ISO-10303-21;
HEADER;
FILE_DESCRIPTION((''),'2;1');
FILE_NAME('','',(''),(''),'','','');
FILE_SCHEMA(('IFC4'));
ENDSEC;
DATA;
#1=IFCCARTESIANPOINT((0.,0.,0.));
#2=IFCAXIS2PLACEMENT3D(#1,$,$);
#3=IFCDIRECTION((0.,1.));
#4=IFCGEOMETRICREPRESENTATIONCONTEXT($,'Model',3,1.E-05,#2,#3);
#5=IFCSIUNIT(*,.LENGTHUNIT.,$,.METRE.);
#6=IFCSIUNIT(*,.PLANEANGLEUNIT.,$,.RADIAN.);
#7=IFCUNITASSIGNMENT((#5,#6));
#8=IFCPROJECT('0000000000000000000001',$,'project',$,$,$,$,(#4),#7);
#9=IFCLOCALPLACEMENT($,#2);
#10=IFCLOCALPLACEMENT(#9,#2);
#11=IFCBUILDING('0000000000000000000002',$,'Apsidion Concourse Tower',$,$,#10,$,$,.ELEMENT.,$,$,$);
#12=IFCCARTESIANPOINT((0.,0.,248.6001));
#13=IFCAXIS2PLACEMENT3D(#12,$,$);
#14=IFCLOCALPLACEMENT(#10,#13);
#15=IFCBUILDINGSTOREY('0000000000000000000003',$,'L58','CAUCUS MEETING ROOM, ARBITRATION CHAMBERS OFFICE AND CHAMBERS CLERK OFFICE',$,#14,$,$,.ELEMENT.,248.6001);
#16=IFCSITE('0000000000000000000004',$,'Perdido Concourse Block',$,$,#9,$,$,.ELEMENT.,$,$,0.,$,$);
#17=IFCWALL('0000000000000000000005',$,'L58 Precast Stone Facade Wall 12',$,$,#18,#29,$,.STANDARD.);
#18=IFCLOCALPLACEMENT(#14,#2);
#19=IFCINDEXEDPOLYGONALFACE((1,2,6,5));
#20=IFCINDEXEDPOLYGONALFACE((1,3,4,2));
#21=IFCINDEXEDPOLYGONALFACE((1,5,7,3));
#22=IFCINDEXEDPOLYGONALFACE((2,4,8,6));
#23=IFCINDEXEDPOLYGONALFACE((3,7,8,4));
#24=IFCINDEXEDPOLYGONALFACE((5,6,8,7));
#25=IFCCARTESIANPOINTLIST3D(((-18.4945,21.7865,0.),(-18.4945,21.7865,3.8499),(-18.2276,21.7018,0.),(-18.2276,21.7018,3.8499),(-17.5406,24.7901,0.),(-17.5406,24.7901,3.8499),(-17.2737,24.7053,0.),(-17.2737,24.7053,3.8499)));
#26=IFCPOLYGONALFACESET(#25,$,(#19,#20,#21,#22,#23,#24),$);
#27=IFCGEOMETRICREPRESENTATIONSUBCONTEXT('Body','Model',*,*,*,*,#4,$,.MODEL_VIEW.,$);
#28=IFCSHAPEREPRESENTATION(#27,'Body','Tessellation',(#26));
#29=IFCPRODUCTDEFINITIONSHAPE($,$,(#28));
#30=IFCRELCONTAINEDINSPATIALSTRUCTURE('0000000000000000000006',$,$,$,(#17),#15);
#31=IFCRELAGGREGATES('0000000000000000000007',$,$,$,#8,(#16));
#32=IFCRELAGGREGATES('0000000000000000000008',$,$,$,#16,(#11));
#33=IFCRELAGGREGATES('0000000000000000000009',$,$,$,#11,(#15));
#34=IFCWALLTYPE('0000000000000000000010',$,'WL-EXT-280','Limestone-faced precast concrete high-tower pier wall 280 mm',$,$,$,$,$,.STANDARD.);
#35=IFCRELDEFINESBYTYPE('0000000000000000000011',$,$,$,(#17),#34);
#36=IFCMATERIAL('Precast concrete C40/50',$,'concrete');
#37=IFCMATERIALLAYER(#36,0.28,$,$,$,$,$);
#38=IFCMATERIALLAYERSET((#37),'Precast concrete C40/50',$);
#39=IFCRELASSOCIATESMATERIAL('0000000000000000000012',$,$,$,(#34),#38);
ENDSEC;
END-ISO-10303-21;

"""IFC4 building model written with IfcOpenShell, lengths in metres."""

from ifc_helpers import new_model, si_unit, direction, frame, frame_2d, origin, place, context, subcontext, project, spatial, rectangle, extrude, material, layer, layer_set, type_object, element, save


model = new_model("IFC4")

# Units and contexts
model_context = context("Model", 3, precision=1e-05, world=origin(), true_north=direction((0.0, 1.0)))
body_context = subcontext(model_context, "Body", "Model", "MODEL_VIEW")
ifc_project = project(units=[si_unit("LENGTHUNIT", "METRE"), si_unit("PLANEANGLEUNIT", "RADIAN")], contexts=[model_context])

# Site, building, storey
site_placement = place(None, origin())
site = spatial("IfcSite", under=ifc_project, at=site_placement, Name="Perdido Concourse Block", CompositionType="ELEMENT", RefElevation=0.0)
building_placement = place(site_placement, origin())
building = spatial("IfcBuilding", under=site, at=building_placement, Name="Apsidion Concourse Tower", CompositionType="ELEMENT")
storey_placement = place(building_placement, frame((0.0, 0.0, 248.6001)))
storey = spatial("IfcBuildingStorey", under=building, at=storey_placement, Name="L58", Description="CAUCUS MEETING ROOM, ARBITRATION CHAMBERS OFFICE AND CHAMBERS CLERK OFFICE", CompositionType="ELEMENT", Elevation=248.6001)

# Shared definitions
ifc_material_1 = material(Name="Precast concrete C40/50", Category="concrete")
ifc_layer = layer(ifc_material_1, 0.28)
ifc_layer_set = layer_set([ifc_layer], Name="Precast concrete C40/50")
wall_type = type_object("IfcWallType", Name="WL-EXT-280", Description="Limestone-faced precast concrete high-tower pier wall 280 mm", PredefinedType="STANDARD", material=ifc_layer_set)

# Wall
wall_1_placement = place(storey_placement, frame((-18.3611, 21.7441, 0.0), z_axis=(0.0, 0.0, 1.0), x_axis=(0.302692, 0.953088, 0.0)))
element("IfcWall", 1, at=wall_1_placement, inside=storey, type_object=wall_type, Name="L58 Precast Stone Facade Wall 12", PredefinedType="STANDARD", context=body_context, shape_type="SweptSolid", body=[
    extrude(rectangle(XDim=3.1514, YDim=0.28, at=frame_2d((1.5757, 0.0))), origin(), (0.0, 0.0, 1.0), 3.8499),
])

save(model, "model.ifc")
